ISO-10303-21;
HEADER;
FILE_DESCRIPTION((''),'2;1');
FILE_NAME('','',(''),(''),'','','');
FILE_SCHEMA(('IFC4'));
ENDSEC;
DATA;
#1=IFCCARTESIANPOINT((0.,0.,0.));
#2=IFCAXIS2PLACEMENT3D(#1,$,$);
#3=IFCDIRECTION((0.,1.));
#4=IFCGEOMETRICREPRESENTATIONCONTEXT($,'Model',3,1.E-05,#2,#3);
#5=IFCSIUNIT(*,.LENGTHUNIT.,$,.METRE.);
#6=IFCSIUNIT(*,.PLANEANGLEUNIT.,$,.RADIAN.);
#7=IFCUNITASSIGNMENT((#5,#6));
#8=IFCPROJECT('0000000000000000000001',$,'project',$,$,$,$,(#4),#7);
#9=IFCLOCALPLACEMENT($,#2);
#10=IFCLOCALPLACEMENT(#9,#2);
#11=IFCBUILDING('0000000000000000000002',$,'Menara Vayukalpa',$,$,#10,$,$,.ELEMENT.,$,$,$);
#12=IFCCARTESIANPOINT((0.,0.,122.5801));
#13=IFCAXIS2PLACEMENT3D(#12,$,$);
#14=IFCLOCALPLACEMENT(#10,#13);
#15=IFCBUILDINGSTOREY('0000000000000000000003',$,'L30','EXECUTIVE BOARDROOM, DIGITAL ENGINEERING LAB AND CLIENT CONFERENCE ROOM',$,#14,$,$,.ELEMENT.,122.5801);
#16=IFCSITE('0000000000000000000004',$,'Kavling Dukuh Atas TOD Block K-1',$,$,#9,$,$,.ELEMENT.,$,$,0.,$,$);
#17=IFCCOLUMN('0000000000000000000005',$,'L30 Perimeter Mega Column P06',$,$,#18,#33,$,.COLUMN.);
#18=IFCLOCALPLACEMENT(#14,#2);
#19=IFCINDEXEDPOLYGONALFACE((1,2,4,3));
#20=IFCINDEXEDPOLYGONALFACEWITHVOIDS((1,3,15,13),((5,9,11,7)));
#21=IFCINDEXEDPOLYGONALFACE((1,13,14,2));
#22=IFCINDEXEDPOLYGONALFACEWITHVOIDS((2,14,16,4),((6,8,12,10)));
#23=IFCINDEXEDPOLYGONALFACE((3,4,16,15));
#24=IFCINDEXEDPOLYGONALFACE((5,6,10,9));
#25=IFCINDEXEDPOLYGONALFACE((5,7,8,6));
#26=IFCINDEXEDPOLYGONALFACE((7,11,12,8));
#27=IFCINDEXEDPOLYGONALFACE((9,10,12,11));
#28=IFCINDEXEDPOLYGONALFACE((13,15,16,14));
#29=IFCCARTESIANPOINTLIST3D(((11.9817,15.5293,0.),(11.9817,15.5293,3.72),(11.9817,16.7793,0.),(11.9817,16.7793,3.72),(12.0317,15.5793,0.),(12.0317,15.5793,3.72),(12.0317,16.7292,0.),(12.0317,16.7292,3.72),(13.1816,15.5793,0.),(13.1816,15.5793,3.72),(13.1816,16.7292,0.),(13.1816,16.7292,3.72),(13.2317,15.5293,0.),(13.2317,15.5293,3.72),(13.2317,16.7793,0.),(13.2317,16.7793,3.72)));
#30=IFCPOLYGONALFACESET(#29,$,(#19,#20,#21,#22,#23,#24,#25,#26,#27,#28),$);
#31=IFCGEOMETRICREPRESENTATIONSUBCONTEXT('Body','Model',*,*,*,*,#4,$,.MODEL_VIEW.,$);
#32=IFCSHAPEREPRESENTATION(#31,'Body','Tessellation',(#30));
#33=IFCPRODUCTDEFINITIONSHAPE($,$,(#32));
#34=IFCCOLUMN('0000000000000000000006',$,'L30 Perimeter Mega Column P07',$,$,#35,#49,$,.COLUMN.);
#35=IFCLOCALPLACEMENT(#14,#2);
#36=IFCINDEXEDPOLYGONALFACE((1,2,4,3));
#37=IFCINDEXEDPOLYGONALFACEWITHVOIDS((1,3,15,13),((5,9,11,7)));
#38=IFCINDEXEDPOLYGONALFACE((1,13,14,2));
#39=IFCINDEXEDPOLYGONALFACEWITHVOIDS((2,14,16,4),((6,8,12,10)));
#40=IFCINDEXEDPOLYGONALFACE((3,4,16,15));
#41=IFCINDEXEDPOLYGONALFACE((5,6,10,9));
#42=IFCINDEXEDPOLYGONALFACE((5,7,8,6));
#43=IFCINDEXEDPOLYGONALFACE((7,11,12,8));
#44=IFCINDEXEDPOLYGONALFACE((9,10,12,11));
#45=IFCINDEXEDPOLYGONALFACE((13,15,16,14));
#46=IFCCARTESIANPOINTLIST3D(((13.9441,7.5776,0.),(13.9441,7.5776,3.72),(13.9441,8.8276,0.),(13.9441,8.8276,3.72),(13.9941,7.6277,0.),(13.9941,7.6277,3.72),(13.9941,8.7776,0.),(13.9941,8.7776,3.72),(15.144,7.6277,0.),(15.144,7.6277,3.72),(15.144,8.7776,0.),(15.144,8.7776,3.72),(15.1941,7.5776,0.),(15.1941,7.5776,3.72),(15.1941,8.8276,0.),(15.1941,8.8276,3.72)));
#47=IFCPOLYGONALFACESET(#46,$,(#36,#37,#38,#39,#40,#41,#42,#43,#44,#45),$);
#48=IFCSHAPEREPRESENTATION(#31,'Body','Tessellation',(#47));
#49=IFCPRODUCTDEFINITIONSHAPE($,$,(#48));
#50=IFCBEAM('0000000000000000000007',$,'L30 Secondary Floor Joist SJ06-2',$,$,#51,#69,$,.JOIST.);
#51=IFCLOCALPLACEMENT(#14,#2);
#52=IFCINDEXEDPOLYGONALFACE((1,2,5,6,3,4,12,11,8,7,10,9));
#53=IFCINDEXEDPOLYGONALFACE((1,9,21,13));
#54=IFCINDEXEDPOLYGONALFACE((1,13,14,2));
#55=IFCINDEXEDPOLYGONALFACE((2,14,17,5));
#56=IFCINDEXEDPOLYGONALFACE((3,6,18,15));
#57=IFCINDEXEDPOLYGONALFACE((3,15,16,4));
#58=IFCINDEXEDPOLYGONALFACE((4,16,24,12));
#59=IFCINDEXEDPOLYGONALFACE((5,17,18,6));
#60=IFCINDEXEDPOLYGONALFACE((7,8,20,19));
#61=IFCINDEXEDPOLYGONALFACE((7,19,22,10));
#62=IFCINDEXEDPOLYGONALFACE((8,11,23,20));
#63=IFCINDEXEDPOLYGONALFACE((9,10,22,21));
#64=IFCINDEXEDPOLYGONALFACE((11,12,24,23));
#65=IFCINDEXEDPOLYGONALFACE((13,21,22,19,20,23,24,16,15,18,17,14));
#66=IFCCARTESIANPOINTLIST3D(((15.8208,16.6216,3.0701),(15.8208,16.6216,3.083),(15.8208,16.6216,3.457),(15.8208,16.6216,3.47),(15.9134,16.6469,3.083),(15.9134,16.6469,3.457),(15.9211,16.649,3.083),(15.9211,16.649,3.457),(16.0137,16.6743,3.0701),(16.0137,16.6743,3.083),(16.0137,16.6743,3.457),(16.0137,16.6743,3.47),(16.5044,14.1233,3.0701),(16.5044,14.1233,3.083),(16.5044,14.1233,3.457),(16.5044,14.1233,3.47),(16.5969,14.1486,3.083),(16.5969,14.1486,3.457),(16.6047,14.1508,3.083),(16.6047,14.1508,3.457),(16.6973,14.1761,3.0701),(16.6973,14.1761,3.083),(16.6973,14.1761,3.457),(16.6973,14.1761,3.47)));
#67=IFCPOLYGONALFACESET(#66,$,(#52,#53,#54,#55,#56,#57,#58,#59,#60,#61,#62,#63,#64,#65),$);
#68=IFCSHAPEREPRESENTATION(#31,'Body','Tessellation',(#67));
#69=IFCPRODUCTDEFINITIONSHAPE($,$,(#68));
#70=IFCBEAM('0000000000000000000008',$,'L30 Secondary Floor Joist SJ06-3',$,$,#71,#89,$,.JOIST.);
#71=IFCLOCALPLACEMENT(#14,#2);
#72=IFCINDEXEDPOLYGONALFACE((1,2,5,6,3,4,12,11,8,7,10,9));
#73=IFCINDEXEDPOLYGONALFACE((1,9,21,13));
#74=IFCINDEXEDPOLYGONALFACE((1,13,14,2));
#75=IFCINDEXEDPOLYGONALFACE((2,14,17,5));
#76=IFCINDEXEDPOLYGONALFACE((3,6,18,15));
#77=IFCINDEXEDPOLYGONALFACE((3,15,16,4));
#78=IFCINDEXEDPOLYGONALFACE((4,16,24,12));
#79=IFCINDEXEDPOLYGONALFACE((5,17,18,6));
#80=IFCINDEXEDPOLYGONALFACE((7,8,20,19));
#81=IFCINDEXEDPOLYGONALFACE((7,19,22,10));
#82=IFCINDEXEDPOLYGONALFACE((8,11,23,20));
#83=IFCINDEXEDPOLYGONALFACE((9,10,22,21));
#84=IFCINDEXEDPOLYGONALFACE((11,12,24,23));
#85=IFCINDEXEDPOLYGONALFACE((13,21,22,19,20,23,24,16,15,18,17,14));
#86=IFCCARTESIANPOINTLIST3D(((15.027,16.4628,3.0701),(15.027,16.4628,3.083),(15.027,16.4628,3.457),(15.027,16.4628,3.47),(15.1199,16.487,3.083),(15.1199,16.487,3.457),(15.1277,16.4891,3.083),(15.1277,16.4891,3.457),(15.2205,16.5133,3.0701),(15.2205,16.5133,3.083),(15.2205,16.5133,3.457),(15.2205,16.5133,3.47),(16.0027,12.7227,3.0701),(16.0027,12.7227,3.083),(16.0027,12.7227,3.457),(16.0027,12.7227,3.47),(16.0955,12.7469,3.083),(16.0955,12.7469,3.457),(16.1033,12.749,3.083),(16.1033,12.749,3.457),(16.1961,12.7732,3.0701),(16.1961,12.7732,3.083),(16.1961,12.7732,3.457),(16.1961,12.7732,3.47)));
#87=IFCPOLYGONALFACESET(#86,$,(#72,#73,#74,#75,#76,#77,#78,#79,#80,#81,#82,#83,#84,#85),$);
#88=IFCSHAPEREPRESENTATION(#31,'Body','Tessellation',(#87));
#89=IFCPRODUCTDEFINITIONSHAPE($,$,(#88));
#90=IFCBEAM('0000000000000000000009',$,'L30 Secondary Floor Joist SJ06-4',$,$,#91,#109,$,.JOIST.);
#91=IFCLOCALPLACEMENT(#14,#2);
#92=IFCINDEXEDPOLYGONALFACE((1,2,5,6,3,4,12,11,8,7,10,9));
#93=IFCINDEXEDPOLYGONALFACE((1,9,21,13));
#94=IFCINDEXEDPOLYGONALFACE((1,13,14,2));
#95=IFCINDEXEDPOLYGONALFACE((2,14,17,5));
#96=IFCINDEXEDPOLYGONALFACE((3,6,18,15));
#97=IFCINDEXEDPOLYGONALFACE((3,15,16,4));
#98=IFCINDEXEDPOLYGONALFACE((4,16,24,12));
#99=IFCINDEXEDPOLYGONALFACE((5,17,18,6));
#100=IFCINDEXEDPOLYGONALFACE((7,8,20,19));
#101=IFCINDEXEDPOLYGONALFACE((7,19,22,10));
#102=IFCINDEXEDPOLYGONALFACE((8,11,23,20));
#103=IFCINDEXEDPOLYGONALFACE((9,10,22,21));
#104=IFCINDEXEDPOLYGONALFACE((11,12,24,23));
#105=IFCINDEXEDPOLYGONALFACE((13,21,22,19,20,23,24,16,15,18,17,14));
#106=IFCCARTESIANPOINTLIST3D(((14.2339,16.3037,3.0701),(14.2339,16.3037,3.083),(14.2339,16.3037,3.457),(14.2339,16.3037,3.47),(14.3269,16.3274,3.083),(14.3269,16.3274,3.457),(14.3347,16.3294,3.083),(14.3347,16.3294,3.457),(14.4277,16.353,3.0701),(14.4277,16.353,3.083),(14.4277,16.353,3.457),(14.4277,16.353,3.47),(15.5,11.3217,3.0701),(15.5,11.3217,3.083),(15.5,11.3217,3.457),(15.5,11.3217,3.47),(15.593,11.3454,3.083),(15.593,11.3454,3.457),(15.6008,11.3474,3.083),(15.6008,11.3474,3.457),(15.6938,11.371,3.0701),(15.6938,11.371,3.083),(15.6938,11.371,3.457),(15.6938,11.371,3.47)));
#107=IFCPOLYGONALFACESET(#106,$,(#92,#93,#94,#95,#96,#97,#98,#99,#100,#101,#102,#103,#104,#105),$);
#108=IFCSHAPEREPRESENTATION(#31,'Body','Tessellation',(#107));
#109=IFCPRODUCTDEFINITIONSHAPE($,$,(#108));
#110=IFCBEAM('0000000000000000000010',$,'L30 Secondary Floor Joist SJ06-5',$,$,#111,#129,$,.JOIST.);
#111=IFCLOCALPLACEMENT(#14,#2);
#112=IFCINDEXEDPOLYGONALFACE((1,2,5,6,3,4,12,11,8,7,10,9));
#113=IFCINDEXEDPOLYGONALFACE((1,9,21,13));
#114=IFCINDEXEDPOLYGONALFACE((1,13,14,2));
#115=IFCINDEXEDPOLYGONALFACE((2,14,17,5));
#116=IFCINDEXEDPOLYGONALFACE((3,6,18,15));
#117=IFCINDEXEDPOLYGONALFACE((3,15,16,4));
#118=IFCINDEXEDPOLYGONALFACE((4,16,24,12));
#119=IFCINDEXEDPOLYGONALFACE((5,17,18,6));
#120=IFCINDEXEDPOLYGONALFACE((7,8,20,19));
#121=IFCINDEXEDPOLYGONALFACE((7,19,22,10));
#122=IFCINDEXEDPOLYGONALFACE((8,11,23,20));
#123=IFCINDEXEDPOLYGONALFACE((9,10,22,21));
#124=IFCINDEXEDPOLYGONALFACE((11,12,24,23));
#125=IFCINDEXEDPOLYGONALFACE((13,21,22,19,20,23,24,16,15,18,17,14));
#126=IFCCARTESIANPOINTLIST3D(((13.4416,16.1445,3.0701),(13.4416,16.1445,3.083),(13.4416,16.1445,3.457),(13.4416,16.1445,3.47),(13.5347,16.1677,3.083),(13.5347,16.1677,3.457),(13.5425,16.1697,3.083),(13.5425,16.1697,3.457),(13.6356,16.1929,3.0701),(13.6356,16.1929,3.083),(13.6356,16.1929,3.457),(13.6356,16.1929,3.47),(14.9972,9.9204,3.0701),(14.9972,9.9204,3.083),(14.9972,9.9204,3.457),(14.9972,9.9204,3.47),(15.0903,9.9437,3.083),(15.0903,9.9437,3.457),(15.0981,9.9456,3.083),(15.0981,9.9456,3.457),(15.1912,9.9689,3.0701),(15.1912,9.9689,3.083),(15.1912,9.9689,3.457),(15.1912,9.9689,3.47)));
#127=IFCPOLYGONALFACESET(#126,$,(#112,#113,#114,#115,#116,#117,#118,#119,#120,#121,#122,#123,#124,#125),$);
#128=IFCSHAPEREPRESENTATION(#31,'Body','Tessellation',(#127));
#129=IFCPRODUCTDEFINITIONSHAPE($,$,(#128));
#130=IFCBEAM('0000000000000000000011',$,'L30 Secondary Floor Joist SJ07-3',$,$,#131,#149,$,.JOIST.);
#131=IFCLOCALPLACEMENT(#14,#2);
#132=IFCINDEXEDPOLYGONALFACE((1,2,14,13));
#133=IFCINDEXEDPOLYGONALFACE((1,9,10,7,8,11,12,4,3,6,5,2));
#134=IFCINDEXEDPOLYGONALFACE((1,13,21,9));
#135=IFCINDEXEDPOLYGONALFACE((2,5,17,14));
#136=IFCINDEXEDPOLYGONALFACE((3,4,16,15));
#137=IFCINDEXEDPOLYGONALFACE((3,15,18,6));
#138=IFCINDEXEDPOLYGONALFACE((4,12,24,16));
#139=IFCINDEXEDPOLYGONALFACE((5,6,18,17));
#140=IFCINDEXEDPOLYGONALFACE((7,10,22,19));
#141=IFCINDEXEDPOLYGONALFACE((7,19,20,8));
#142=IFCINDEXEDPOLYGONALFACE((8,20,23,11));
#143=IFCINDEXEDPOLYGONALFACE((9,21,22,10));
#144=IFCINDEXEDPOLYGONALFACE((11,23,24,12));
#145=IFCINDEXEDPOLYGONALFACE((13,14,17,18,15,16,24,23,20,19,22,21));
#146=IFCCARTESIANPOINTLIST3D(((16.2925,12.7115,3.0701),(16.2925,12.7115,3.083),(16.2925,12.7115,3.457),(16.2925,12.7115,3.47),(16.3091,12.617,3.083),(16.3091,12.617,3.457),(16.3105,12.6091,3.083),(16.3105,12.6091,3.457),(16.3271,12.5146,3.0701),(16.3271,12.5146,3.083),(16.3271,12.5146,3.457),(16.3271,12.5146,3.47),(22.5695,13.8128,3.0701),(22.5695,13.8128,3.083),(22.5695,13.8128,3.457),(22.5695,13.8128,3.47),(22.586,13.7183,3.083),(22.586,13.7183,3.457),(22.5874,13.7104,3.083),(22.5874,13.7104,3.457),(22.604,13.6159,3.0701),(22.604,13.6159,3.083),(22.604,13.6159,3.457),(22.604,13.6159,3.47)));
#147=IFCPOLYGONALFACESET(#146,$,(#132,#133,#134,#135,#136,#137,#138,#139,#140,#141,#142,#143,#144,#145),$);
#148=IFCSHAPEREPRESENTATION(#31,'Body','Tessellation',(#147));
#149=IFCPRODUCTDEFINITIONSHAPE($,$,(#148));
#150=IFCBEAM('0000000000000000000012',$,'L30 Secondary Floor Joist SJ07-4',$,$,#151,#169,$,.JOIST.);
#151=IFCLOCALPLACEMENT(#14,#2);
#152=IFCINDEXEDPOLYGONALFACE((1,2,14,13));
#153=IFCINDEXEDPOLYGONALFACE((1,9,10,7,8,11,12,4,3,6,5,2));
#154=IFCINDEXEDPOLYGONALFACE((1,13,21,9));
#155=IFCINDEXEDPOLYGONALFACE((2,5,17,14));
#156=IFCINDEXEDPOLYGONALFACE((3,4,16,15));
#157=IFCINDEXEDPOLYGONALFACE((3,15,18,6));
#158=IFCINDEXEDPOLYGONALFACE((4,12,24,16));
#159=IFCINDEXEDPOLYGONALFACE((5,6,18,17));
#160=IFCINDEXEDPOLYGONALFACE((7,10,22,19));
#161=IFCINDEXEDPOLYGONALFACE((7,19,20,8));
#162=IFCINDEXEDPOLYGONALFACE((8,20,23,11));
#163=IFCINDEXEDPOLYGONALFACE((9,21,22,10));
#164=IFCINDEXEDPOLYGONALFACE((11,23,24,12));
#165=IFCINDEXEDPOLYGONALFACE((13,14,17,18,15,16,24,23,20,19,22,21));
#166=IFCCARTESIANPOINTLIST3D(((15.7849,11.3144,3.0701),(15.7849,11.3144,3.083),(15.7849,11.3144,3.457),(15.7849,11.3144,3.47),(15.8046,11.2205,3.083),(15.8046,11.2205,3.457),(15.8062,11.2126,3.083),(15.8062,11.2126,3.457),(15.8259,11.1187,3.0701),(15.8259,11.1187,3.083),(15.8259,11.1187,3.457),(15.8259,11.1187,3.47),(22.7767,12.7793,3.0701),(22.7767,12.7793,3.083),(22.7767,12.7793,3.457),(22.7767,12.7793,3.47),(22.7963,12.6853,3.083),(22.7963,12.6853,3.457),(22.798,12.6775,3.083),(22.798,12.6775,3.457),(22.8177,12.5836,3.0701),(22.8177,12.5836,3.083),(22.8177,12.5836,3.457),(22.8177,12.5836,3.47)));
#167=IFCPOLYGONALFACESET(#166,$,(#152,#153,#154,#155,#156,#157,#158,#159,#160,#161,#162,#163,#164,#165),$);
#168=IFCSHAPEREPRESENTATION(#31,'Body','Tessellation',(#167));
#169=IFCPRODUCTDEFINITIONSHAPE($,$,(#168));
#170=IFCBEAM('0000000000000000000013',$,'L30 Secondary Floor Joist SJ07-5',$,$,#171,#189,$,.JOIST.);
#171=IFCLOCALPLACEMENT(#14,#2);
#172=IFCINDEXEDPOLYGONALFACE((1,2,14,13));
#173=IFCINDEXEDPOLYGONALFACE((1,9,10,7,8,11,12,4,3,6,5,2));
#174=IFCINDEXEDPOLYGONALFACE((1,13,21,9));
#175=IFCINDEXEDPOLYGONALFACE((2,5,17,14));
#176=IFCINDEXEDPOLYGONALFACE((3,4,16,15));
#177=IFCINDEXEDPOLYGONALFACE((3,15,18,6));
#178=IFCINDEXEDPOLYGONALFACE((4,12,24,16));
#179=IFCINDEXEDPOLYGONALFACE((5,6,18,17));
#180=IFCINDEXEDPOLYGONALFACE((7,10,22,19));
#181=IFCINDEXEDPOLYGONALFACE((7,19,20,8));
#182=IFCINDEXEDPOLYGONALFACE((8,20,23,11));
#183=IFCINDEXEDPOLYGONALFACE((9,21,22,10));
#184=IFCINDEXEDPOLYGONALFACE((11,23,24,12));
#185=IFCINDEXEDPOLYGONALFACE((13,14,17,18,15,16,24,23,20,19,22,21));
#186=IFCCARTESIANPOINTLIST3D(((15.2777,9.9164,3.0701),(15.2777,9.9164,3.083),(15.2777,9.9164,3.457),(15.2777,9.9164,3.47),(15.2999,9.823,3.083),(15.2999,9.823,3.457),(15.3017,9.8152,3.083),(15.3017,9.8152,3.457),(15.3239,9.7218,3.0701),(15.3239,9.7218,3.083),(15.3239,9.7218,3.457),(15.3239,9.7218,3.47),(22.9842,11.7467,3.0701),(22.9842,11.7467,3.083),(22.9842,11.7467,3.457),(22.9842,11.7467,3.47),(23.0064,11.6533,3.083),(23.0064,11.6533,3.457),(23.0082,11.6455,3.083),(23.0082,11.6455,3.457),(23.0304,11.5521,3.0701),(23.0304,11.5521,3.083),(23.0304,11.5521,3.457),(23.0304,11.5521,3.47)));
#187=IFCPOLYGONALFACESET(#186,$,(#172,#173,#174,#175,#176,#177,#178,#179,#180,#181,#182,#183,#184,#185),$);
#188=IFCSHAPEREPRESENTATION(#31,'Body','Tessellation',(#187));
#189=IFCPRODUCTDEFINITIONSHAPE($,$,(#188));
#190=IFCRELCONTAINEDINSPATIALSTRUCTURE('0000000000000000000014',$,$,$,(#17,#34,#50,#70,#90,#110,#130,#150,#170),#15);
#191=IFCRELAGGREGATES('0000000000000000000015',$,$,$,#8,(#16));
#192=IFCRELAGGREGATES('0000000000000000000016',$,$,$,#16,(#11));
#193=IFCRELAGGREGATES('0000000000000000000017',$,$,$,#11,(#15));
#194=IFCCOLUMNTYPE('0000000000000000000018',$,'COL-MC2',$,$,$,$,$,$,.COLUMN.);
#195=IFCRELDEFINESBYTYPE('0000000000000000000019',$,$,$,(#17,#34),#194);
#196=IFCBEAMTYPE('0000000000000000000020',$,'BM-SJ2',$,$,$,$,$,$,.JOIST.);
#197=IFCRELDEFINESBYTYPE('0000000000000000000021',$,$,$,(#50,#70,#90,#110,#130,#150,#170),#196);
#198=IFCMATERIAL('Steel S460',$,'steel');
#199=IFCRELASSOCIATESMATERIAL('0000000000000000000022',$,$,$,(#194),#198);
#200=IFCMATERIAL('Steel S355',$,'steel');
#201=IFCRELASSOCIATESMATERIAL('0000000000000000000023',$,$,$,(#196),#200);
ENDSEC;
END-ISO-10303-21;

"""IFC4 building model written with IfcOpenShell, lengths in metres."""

from ifc_helpers import new_model, si_unit, direction, frame, origin, origin_2d, place, context, subcontext, project, spatial, hollow_rectangle, i_section, extrude, material, material_profile, profile_set, type_object, element, save


model = new_model("IFC4")

# Units and contexts
model_context = context("Model", 3, precision=1e-05, world=origin(), true_north=direction((0.0, 1.0)))
body_context = subcontext(model_context, "Body", "Model", "MODEL_VIEW")
ifc_project = project(units=[si_unit("LENGTHUNIT", "METRE"), si_unit("PLANEANGLEUNIT", "RADIAN")], contexts=[model_context])

# Site, building, storey
site_placement = place(None, origin())
site = spatial("IfcSite", under=ifc_project, at=site_placement, Name="Kavling Dukuh Atas TOD Block K-1", CompositionType="ELEMENT", RefElevation=0.0)
building_placement = place(site_placement, origin())
building = spatial("IfcBuilding", under=site, at=building_placement, Name="Menara Vayukalpa", CompositionType="ELEMENT")
storey_placement = place(building_placement, frame((0.0, 0.0, 122.5801)))
storey = spatial("IfcBuildingStorey", under=building, at=storey_placement, Name="L30", Description="EXECUTIVE BOARDROOM, DIGITAL ENGINEERING LAB AND CLIENT CONFERENCE ROOM", CompositionType="ELEMENT", Elevation=122.5801)

# Columns
ifc_material_1 = material(Name="Steel S460", Category="steel")
ifc_material_profile_1 = material_profile(ifc_material_1, hollow_rectangle(XDim=1.25, YDim=1.25, WallThickness=0.05, at=origin_2d()), Name="BOX 1250x1250x50")
ifc_profile_set_1 = profile_set([ifc_material_profile_1], Name="Steel S460")
column_type = type_object("IfcColumnType", Name="COL-MC2", PredefinedType="COLUMN", material=ifc_profile_set_1)
for number, where, z_axis, x_axis, name in (
    (1, (12.6067, 16.1543, 0.0), (0.0, 0.0, 1.0), (1.0, 0.0, 0.0), "L30 Perimeter Mega Column P06"),
    (2, (14.5691, 8.2026, 0.0), (0.0, 0.0, 1.0), (1.0, 0.0, 0.0), "L30 Perimeter Mega Column P07"),
):
    element("IfcColumn", number, at=place(storey_placement, frame(where, z_axis=z_axis, x_axis=x_axis)), inside=storey, type_object=column_type, Name=name, PredefinedType="COLUMN", context=body_context, shape_type="SweptSolid", body=[
        extrude(hollow_rectangle(XDim=1.25, YDim=1.25, WallThickness=0.05, at=origin_2d()), origin(), (0.0, 0.0, 1.0), 3.72),
    ])

# Beams
ifc_material_2 = material(Name="Steel S355", Category="steel")
ifc_material_profile_2 = material_profile(ifc_material_2, i_section(OverallWidth=0.2, OverallDepth=0.3999, WebThickness=0.0081, FlangeThickness=0.0129, at=origin_2d()), Name="WF 400x200x8x13")
ifc_profile_set_2 = profile_set([ifc_material_profile_2], Name="Steel S355")
beam_type_1 = type_object("IfcBeamType", Name="BM-SJ2", PredefinedType="JOIST", material=ifc_profile_set_2)
beam_1_placement = place(storey_placement, frame((15.9172, 16.6479, 3.27), z_axis=(0.263923, -0.964544, 0.0), x_axis=(0.964544, 0.263923, 0.0)))
element("IfcBeam", 3, at=beam_1_placement, inside=storey, type_object=beam_type_1, Name="L30 Secondary Floor Joist SJ06-2", PredefinedType="JOIST", context=body_context, shape_type="SweptSolid", body=[
    extrude(i_section(OverallWidth=0.2, OverallDepth=0.3999, WebThickness=0.0081, FlangeThickness=0.0129, at=origin_2d()), origin(), (0.0, 0.0, 1.0), 2.5901),
])
beam_2_placement = place(storey_placement, frame((15.1238, 16.488, 3.27), z_axis=(0.252406, -0.967621, 0.0), x_axis=(0.967621, 0.252406, 0.0)))
element("IfcBeam", 4, at=beam_2_placement, inside=storey, type_object=beam_type_1, Name="L30 Secondary Floor Joist SJ06-3", PredefinedType="JOIST", context=body_context, shape_type="SweptSolid", body=[
    extrude(i_section(OverallWidth=0.2, OverallDepth=0.3999, WebThickness=0.0081, FlangeThickness=0.0129, at=origin_2d()), origin(), (0.0, 0.0, 1.0), 3.8652),
])
beam_3_placement = place(storey_placement, frame((14.3308, 16.3284, 3.27), z_axis=(0.246311, -0.969191, 0.0), x_axis=(0.969191, 0.246311, 0.0)))
element("IfcBeam", 5, at=beam_3_placement, inside=storey, type_object=beam_type_1, Name="L30 Secondary Floor Joist SJ06-4", PredefinedType="JOIST", context=body_context, shape_type="SweptSolid", body=[
    extrude(i_section(OverallWidth=0.2, OverallDepth=0.3999, WebThickness=0.0081, FlangeThickness=0.0129, at=origin_2d()), origin(), (0.0, 0.0, 1.0), 5.1404),
])
beam_4_placement = place(storey_placement, frame((13.5386, 16.1687, 3.27), z_axis=(0.242482, -0.970156, 0.0), x_axis=(0.970156, 0.242482, 0.0)))
element("IfcBeam", 6, at=beam_4_placement, inside=storey, type_object=beam_type_1, Name="L30 Secondary Floor Joist SJ06-5", PredefinedType="JOIST", context=body_context, shape_type="SweptSolid", body=[
    extrude(i_section(OverallWidth=0.2, OverallDepth=0.3999, WebThickness=0.0081, FlangeThickness=0.0129, at=origin_2d()), origin(), (0.0, 0.0, 1.0), 6.4155),
])
beam_5_placement = place(storey_placement, frame((16.3098, 12.613, 3.27), z_axis=(0.984954, 0.172817, 0.0), x_axis=(-0.172817, 0.984954, 0.0)))
element("IfcBeam", 7, at=beam_5_placement, inside=storey, type_object=beam_type_1, Name="L30 Secondary Floor Joist SJ07-3", PredefinedType="JOIST", context=body_context, shape_type="SweptSolid", body=[
    extrude(i_section(OverallWidth=0.2, OverallDepth=0.3999, WebThickness=0.0081, FlangeThickness=0.0129, at=origin_2d()), origin(), (0.0, 0.0, 1.0), 6.3728),
])
beam_6_placement = place(storey_placement, frame((15.8054, 11.2166, 3.27), z_axis=(0.978749, 0.20506, 0.0), x_axis=(-0.20506, 0.978749, 0.0)))
element("IfcBeam", 8, at=beam_6_placement, inside=storey, type_object=beam_type_1, Name="L30 Secondary Floor Joist SJ07-4", PredefinedType="JOIST", context=body_context, shape_type="SweptSolid", body=[
    extrude(i_section(OverallWidth=0.2, OverallDepth=0.3999, WebThickness=0.0081, FlangeThickness=0.0129, at=origin_2d()), origin(), (0.0, 0.0, 1.0), 7.1436),
])
beam_7_placement = place(storey_placement, frame((15.3008, 9.8191, 3.27), z_axis=(0.972936, 0.231075, 0.0), x_axis=(-0.231075, 0.972936, 0.0)))
element("IfcBeam", 9, at=beam_7_placement, inside=storey, type_object=beam_type_1, Name="L30 Secondary Floor Joist SJ07-5", PredefinedType="JOIST", context=body_context, shape_type="SweptSolid", body=[
    extrude(i_section(OverallWidth=0.2, OverallDepth=0.3999, WebThickness=0.0081, FlangeThickness=0.0129, at=origin_2d()), origin(), (0.0, 0.0, 1.0), 7.9209),
])

save(model, "model.ifc")
